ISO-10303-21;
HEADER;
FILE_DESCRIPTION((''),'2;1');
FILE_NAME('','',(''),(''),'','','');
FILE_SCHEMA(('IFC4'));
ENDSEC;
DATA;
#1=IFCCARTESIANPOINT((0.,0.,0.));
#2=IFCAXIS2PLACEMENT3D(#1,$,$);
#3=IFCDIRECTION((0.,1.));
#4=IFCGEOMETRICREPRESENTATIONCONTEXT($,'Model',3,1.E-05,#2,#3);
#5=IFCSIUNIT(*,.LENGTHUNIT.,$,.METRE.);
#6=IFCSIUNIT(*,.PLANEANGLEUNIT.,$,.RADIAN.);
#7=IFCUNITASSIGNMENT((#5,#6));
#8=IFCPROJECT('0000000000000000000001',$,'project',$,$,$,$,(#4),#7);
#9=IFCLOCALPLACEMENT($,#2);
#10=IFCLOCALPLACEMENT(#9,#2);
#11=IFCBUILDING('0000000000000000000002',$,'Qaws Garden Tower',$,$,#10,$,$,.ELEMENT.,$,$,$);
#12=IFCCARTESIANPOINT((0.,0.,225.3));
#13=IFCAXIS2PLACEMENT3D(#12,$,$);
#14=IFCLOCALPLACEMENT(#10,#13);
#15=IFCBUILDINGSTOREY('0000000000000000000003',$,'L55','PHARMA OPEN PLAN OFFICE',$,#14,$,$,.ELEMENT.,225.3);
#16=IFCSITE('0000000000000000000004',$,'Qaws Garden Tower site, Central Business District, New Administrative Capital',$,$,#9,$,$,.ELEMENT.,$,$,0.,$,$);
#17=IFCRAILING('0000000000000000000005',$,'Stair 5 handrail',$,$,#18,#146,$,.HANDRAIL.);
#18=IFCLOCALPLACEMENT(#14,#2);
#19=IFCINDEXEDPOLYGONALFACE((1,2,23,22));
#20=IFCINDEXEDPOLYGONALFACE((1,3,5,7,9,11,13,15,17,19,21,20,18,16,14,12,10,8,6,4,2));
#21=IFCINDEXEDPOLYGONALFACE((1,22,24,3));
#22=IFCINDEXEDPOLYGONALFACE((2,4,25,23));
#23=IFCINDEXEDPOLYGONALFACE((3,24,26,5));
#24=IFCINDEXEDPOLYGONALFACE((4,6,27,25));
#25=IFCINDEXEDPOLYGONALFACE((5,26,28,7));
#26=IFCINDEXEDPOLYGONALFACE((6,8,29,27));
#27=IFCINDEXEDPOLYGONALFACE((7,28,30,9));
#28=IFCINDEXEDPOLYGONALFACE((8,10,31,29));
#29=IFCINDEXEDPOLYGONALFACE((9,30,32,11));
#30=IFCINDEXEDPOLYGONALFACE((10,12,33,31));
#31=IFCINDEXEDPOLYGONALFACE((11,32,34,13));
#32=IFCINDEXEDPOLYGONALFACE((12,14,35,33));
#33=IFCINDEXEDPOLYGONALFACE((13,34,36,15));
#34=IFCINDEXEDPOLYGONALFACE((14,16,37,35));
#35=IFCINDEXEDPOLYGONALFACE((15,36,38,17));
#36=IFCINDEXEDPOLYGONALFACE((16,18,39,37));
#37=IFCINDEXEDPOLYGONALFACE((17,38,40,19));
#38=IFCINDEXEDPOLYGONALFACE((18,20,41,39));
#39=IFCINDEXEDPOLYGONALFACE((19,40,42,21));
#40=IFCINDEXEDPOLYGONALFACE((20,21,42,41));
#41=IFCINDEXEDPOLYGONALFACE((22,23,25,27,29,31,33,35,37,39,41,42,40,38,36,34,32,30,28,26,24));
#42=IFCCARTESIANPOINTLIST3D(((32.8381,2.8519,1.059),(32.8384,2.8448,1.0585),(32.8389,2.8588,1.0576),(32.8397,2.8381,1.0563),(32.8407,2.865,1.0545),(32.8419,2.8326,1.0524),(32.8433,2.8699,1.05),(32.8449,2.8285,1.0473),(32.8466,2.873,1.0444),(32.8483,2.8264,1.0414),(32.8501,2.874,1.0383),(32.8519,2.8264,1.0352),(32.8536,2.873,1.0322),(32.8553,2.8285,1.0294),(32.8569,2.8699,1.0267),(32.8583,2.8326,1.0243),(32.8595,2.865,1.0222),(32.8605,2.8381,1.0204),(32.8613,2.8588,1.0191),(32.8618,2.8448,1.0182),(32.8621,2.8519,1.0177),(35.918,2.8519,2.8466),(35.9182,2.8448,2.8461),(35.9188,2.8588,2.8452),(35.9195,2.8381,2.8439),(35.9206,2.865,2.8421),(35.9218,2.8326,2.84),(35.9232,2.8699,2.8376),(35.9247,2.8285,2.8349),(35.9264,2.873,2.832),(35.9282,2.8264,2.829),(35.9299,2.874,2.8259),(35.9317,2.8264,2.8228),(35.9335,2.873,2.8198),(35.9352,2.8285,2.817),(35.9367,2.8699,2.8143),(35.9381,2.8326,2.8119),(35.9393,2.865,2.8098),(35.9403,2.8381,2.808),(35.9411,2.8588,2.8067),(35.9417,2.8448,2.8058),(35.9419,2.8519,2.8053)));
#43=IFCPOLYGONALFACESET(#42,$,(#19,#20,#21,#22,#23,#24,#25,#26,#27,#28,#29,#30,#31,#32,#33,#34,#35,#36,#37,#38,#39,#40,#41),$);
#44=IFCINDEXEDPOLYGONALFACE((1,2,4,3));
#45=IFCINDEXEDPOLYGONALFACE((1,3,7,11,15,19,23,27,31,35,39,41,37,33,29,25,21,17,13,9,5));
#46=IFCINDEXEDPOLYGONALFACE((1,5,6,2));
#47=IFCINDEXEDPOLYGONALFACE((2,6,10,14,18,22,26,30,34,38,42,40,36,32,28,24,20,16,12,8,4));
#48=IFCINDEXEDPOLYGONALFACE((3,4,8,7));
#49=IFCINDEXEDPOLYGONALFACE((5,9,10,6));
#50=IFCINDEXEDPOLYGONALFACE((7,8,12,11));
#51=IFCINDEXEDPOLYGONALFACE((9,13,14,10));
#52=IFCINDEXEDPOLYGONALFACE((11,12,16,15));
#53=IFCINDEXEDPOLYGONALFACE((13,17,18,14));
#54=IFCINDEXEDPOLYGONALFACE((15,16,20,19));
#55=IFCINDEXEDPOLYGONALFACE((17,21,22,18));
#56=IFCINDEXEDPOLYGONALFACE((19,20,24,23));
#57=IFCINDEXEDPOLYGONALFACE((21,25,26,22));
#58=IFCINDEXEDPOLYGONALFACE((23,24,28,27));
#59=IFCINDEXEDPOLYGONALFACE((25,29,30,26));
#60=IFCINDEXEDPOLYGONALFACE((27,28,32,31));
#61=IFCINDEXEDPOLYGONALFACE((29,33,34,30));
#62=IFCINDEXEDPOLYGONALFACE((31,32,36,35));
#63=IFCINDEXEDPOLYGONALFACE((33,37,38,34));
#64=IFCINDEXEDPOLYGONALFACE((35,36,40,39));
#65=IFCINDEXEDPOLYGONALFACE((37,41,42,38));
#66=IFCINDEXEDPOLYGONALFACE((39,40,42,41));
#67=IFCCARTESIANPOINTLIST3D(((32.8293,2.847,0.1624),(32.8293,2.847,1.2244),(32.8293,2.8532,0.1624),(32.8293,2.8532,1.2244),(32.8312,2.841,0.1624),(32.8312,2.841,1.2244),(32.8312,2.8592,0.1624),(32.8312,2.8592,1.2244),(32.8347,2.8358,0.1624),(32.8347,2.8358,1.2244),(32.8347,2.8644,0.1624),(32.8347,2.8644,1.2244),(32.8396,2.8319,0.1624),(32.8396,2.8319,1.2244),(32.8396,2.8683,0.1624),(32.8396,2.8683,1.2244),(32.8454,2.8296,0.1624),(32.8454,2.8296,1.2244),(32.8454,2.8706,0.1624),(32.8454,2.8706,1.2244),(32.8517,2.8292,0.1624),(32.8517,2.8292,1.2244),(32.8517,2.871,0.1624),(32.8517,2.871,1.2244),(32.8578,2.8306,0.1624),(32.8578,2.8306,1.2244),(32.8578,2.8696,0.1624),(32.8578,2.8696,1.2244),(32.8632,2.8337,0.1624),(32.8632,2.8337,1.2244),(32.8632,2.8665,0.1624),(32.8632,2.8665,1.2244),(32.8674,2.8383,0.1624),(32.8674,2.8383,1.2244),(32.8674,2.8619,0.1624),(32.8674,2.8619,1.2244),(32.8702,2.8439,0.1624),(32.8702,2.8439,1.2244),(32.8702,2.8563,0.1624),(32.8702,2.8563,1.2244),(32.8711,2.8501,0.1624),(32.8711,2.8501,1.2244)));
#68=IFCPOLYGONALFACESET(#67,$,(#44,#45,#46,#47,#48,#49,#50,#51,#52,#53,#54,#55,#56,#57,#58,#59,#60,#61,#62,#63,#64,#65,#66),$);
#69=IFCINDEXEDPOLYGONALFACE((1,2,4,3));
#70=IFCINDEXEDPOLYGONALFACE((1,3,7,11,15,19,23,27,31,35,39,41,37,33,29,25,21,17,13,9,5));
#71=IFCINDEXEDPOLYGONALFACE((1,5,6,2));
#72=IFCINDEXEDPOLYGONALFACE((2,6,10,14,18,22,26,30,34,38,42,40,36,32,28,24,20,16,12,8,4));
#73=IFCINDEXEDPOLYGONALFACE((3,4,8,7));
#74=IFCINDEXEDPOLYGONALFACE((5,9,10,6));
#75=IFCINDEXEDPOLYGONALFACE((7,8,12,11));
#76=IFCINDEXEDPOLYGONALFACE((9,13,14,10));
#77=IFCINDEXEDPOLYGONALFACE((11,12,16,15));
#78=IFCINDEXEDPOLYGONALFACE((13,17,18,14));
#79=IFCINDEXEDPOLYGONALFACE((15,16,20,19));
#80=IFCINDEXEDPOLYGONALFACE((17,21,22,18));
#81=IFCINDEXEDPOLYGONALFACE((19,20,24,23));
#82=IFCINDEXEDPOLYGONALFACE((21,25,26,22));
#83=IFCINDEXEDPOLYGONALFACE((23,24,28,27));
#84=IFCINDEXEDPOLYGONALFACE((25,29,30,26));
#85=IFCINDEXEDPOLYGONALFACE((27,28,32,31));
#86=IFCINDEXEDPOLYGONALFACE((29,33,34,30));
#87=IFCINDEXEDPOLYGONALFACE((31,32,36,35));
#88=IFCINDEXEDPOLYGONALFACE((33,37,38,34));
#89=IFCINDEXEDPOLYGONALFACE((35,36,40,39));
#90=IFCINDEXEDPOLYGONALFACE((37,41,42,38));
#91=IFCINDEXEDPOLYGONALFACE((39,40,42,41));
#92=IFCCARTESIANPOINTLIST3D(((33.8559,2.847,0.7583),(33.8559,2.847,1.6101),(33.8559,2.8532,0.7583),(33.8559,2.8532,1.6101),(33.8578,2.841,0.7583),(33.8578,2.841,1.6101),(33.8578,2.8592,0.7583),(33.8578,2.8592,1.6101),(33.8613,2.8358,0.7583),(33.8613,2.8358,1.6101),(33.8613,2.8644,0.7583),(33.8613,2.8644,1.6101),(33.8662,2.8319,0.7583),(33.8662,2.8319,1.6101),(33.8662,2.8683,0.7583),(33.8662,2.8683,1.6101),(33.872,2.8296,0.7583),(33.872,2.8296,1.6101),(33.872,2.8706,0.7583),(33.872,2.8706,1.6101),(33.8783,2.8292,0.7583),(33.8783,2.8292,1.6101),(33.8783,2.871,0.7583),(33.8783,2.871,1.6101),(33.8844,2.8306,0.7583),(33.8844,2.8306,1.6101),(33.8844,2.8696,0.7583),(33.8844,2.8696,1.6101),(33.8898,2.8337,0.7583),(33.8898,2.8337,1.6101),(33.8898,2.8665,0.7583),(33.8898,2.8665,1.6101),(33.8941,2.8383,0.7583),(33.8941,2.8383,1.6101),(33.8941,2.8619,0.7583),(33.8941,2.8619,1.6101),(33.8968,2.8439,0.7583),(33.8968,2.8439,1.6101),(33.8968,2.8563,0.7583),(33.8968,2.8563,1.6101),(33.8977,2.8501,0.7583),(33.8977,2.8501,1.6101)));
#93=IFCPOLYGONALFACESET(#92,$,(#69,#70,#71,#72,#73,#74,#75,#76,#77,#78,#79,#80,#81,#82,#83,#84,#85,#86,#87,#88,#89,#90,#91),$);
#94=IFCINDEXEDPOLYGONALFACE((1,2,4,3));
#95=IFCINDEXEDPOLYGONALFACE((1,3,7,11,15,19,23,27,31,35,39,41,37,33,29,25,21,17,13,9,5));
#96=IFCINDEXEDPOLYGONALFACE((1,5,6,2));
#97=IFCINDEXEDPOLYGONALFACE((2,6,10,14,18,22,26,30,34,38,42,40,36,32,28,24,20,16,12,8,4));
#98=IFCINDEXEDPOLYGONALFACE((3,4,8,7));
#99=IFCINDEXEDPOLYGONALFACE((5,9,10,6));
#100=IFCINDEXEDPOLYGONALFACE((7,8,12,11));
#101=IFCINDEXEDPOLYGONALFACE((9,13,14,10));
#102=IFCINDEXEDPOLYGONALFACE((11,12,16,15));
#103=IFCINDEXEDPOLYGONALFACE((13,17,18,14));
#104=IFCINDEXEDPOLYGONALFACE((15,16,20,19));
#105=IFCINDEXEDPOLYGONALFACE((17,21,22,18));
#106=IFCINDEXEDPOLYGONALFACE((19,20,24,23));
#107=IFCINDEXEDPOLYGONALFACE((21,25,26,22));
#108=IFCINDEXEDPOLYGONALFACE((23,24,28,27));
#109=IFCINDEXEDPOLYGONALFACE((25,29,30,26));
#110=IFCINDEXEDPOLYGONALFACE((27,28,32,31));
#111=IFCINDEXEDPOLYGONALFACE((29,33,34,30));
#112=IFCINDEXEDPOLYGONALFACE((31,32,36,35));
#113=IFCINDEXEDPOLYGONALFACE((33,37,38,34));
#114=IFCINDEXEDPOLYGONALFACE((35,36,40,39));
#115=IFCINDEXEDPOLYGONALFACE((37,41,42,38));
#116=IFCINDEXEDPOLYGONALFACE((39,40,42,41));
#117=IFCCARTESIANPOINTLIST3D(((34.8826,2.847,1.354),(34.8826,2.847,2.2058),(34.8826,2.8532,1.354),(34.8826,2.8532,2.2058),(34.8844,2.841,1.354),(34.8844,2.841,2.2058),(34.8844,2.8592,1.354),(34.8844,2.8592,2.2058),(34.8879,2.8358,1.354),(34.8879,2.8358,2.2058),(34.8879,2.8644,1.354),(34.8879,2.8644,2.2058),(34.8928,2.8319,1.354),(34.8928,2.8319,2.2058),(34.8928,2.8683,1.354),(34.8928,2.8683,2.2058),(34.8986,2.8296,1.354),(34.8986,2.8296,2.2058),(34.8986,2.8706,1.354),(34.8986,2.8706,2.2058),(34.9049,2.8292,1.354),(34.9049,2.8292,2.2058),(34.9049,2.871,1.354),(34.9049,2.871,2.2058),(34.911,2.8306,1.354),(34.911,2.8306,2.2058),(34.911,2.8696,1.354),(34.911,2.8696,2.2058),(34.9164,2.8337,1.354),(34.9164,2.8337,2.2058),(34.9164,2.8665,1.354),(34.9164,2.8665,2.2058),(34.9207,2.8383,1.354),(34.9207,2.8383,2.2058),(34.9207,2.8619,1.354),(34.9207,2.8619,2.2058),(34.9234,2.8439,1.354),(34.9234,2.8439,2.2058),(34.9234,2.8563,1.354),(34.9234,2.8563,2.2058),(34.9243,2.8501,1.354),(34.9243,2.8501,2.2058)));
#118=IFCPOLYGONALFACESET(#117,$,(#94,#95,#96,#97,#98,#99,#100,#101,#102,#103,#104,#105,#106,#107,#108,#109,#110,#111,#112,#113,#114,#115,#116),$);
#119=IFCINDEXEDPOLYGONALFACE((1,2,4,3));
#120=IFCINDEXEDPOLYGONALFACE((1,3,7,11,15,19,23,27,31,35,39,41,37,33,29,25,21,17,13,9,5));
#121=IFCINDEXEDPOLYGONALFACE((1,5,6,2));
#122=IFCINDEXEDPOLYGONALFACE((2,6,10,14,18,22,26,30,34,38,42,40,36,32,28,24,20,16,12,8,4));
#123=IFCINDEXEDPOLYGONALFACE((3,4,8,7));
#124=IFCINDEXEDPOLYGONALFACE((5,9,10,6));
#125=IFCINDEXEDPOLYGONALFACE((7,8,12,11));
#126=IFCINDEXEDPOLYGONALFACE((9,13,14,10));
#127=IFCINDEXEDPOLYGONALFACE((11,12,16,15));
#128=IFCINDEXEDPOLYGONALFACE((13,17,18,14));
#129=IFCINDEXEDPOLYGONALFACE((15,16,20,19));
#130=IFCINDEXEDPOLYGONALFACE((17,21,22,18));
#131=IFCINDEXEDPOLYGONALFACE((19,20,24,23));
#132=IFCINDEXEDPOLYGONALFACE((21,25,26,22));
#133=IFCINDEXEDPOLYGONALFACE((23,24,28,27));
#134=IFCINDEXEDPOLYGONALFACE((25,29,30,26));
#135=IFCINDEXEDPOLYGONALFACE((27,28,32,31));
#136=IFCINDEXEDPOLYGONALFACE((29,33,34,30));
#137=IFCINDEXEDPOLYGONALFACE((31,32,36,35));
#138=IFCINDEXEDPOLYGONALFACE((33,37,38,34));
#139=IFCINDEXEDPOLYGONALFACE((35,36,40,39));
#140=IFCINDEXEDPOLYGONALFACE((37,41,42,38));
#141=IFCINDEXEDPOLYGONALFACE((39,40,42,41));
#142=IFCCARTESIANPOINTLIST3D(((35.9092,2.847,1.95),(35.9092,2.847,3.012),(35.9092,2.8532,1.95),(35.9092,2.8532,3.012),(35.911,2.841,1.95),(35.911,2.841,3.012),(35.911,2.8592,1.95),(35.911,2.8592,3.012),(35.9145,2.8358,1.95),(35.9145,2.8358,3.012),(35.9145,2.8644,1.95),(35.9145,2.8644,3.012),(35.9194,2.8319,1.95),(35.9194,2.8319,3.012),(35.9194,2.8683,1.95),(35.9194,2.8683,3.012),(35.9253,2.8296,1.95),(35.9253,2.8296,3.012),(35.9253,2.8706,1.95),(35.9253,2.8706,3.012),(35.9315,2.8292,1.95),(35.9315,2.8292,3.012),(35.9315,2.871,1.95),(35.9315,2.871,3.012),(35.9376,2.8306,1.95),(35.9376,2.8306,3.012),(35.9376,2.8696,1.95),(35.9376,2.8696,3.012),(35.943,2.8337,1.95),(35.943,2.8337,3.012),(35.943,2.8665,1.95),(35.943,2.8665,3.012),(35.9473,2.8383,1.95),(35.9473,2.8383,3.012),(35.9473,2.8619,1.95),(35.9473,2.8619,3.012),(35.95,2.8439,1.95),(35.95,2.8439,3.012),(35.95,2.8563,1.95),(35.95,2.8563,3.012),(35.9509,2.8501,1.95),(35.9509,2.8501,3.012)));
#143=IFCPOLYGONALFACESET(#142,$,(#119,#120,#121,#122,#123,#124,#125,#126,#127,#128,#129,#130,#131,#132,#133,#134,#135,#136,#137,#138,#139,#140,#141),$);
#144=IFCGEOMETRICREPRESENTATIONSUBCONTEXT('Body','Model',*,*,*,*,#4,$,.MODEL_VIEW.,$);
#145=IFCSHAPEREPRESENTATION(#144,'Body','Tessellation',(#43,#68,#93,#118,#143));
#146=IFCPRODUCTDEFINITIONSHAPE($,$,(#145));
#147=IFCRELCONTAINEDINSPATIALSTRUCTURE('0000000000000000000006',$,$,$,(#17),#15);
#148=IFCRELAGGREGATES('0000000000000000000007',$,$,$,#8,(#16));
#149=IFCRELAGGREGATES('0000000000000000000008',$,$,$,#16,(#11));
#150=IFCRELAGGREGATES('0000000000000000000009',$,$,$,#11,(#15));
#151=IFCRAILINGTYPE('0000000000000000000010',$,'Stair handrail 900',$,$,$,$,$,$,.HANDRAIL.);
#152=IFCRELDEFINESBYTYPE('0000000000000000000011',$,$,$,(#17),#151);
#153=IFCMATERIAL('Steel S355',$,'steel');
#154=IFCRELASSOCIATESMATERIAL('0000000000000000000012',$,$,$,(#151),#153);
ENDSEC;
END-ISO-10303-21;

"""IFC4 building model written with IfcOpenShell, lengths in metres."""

from ifc_helpers import new_model, si_unit, direction, frame, origin, origin_2d, place, context, subcontext, project, spatial, circle, extrude, material, type_object, element, save


model = new_model("IFC4")

# Units and contexts
model_context = context("Model", 3, precision=1e-05, world=origin(), true_north=direction((0.0, 1.0)))
body_context = subcontext(model_context, "Body", "Model", "MODEL_VIEW")
ifc_project = project(units=[si_unit("LENGTHUNIT", "METRE"), si_unit("PLANEANGLEUNIT", "RADIAN")], contexts=[model_context])

# Site, building, storey
site_placement = place(None, origin())
site = spatial("IfcSite", under=ifc_project, at=site_placement, Name="Qaws Garden Tower site, Central Business District, New Administrative Capital", CompositionType="ELEMENT", RefElevation=0.0)
building_placement = place(site_placement, origin())
building = spatial("IfcBuilding", under=site, at=building_placement, Name="Qaws Garden Tower", CompositionType="ELEMENT")
storey_placement = place(building_placement, frame((0.0, 0.0, 225.3)))
storey = spatial("IfcBuildingStorey", under=building, at=storey_placement, Name="L55", Description="PHARMA OPEN PLAN OFFICE", CompositionType="ELEMENT", Elevation=225.3)

# Railing
ifc_material_1 = material(Name="Steel S355", Category="steel")
railing_type = type_object("IfcRailingType", Name="Stair handrail 900", PredefinedType="HANDRAIL", material=ifc_material_1)
railing_1_placement = place(storey_placement, frame((32.8501, 2.8501, 0.1624)))
element("IfcRailing", 1, at=railing_1_placement, inside=storey, type_object=railing_type, Name="Stair 5 handrail", PredefinedType="HANDRAIL", context=body_context, shape_type="SweptSolid", body=[
    extrude(circle(Radius=0.0239, at=origin_2d()), frame((0.0, 0.0, 0.876), z_axis=(0.864873, 0.0, 0.50199), x_axis=(0.0, 1.0, 0.0)), (0.0, 0.0, 1.0), 3.561),
    extrude(circle(Radius=0.021, at=origin_2d()), origin(), (0.0, 0.0, 1.0), 1.062),
    extrude(circle(Radius=0.021, at=origin_2d()), frame((1.0266, 0.0, 0.5959)), (0.0, 0.0, 1.0), 0.8518),
    extrude(circle(Radius=0.021, at=origin_2d()), frame((2.0532, 0.0, 1.1917)), (0.0, 0.0, 1.0), 0.8518),
    extrude(circle(Radius=0.021, at=origin_2d()), frame((3.0798, 0.0, 1.7876)), (0.0, 0.0, 1.0), 1.062),
])

save(model, "model.ifc")
